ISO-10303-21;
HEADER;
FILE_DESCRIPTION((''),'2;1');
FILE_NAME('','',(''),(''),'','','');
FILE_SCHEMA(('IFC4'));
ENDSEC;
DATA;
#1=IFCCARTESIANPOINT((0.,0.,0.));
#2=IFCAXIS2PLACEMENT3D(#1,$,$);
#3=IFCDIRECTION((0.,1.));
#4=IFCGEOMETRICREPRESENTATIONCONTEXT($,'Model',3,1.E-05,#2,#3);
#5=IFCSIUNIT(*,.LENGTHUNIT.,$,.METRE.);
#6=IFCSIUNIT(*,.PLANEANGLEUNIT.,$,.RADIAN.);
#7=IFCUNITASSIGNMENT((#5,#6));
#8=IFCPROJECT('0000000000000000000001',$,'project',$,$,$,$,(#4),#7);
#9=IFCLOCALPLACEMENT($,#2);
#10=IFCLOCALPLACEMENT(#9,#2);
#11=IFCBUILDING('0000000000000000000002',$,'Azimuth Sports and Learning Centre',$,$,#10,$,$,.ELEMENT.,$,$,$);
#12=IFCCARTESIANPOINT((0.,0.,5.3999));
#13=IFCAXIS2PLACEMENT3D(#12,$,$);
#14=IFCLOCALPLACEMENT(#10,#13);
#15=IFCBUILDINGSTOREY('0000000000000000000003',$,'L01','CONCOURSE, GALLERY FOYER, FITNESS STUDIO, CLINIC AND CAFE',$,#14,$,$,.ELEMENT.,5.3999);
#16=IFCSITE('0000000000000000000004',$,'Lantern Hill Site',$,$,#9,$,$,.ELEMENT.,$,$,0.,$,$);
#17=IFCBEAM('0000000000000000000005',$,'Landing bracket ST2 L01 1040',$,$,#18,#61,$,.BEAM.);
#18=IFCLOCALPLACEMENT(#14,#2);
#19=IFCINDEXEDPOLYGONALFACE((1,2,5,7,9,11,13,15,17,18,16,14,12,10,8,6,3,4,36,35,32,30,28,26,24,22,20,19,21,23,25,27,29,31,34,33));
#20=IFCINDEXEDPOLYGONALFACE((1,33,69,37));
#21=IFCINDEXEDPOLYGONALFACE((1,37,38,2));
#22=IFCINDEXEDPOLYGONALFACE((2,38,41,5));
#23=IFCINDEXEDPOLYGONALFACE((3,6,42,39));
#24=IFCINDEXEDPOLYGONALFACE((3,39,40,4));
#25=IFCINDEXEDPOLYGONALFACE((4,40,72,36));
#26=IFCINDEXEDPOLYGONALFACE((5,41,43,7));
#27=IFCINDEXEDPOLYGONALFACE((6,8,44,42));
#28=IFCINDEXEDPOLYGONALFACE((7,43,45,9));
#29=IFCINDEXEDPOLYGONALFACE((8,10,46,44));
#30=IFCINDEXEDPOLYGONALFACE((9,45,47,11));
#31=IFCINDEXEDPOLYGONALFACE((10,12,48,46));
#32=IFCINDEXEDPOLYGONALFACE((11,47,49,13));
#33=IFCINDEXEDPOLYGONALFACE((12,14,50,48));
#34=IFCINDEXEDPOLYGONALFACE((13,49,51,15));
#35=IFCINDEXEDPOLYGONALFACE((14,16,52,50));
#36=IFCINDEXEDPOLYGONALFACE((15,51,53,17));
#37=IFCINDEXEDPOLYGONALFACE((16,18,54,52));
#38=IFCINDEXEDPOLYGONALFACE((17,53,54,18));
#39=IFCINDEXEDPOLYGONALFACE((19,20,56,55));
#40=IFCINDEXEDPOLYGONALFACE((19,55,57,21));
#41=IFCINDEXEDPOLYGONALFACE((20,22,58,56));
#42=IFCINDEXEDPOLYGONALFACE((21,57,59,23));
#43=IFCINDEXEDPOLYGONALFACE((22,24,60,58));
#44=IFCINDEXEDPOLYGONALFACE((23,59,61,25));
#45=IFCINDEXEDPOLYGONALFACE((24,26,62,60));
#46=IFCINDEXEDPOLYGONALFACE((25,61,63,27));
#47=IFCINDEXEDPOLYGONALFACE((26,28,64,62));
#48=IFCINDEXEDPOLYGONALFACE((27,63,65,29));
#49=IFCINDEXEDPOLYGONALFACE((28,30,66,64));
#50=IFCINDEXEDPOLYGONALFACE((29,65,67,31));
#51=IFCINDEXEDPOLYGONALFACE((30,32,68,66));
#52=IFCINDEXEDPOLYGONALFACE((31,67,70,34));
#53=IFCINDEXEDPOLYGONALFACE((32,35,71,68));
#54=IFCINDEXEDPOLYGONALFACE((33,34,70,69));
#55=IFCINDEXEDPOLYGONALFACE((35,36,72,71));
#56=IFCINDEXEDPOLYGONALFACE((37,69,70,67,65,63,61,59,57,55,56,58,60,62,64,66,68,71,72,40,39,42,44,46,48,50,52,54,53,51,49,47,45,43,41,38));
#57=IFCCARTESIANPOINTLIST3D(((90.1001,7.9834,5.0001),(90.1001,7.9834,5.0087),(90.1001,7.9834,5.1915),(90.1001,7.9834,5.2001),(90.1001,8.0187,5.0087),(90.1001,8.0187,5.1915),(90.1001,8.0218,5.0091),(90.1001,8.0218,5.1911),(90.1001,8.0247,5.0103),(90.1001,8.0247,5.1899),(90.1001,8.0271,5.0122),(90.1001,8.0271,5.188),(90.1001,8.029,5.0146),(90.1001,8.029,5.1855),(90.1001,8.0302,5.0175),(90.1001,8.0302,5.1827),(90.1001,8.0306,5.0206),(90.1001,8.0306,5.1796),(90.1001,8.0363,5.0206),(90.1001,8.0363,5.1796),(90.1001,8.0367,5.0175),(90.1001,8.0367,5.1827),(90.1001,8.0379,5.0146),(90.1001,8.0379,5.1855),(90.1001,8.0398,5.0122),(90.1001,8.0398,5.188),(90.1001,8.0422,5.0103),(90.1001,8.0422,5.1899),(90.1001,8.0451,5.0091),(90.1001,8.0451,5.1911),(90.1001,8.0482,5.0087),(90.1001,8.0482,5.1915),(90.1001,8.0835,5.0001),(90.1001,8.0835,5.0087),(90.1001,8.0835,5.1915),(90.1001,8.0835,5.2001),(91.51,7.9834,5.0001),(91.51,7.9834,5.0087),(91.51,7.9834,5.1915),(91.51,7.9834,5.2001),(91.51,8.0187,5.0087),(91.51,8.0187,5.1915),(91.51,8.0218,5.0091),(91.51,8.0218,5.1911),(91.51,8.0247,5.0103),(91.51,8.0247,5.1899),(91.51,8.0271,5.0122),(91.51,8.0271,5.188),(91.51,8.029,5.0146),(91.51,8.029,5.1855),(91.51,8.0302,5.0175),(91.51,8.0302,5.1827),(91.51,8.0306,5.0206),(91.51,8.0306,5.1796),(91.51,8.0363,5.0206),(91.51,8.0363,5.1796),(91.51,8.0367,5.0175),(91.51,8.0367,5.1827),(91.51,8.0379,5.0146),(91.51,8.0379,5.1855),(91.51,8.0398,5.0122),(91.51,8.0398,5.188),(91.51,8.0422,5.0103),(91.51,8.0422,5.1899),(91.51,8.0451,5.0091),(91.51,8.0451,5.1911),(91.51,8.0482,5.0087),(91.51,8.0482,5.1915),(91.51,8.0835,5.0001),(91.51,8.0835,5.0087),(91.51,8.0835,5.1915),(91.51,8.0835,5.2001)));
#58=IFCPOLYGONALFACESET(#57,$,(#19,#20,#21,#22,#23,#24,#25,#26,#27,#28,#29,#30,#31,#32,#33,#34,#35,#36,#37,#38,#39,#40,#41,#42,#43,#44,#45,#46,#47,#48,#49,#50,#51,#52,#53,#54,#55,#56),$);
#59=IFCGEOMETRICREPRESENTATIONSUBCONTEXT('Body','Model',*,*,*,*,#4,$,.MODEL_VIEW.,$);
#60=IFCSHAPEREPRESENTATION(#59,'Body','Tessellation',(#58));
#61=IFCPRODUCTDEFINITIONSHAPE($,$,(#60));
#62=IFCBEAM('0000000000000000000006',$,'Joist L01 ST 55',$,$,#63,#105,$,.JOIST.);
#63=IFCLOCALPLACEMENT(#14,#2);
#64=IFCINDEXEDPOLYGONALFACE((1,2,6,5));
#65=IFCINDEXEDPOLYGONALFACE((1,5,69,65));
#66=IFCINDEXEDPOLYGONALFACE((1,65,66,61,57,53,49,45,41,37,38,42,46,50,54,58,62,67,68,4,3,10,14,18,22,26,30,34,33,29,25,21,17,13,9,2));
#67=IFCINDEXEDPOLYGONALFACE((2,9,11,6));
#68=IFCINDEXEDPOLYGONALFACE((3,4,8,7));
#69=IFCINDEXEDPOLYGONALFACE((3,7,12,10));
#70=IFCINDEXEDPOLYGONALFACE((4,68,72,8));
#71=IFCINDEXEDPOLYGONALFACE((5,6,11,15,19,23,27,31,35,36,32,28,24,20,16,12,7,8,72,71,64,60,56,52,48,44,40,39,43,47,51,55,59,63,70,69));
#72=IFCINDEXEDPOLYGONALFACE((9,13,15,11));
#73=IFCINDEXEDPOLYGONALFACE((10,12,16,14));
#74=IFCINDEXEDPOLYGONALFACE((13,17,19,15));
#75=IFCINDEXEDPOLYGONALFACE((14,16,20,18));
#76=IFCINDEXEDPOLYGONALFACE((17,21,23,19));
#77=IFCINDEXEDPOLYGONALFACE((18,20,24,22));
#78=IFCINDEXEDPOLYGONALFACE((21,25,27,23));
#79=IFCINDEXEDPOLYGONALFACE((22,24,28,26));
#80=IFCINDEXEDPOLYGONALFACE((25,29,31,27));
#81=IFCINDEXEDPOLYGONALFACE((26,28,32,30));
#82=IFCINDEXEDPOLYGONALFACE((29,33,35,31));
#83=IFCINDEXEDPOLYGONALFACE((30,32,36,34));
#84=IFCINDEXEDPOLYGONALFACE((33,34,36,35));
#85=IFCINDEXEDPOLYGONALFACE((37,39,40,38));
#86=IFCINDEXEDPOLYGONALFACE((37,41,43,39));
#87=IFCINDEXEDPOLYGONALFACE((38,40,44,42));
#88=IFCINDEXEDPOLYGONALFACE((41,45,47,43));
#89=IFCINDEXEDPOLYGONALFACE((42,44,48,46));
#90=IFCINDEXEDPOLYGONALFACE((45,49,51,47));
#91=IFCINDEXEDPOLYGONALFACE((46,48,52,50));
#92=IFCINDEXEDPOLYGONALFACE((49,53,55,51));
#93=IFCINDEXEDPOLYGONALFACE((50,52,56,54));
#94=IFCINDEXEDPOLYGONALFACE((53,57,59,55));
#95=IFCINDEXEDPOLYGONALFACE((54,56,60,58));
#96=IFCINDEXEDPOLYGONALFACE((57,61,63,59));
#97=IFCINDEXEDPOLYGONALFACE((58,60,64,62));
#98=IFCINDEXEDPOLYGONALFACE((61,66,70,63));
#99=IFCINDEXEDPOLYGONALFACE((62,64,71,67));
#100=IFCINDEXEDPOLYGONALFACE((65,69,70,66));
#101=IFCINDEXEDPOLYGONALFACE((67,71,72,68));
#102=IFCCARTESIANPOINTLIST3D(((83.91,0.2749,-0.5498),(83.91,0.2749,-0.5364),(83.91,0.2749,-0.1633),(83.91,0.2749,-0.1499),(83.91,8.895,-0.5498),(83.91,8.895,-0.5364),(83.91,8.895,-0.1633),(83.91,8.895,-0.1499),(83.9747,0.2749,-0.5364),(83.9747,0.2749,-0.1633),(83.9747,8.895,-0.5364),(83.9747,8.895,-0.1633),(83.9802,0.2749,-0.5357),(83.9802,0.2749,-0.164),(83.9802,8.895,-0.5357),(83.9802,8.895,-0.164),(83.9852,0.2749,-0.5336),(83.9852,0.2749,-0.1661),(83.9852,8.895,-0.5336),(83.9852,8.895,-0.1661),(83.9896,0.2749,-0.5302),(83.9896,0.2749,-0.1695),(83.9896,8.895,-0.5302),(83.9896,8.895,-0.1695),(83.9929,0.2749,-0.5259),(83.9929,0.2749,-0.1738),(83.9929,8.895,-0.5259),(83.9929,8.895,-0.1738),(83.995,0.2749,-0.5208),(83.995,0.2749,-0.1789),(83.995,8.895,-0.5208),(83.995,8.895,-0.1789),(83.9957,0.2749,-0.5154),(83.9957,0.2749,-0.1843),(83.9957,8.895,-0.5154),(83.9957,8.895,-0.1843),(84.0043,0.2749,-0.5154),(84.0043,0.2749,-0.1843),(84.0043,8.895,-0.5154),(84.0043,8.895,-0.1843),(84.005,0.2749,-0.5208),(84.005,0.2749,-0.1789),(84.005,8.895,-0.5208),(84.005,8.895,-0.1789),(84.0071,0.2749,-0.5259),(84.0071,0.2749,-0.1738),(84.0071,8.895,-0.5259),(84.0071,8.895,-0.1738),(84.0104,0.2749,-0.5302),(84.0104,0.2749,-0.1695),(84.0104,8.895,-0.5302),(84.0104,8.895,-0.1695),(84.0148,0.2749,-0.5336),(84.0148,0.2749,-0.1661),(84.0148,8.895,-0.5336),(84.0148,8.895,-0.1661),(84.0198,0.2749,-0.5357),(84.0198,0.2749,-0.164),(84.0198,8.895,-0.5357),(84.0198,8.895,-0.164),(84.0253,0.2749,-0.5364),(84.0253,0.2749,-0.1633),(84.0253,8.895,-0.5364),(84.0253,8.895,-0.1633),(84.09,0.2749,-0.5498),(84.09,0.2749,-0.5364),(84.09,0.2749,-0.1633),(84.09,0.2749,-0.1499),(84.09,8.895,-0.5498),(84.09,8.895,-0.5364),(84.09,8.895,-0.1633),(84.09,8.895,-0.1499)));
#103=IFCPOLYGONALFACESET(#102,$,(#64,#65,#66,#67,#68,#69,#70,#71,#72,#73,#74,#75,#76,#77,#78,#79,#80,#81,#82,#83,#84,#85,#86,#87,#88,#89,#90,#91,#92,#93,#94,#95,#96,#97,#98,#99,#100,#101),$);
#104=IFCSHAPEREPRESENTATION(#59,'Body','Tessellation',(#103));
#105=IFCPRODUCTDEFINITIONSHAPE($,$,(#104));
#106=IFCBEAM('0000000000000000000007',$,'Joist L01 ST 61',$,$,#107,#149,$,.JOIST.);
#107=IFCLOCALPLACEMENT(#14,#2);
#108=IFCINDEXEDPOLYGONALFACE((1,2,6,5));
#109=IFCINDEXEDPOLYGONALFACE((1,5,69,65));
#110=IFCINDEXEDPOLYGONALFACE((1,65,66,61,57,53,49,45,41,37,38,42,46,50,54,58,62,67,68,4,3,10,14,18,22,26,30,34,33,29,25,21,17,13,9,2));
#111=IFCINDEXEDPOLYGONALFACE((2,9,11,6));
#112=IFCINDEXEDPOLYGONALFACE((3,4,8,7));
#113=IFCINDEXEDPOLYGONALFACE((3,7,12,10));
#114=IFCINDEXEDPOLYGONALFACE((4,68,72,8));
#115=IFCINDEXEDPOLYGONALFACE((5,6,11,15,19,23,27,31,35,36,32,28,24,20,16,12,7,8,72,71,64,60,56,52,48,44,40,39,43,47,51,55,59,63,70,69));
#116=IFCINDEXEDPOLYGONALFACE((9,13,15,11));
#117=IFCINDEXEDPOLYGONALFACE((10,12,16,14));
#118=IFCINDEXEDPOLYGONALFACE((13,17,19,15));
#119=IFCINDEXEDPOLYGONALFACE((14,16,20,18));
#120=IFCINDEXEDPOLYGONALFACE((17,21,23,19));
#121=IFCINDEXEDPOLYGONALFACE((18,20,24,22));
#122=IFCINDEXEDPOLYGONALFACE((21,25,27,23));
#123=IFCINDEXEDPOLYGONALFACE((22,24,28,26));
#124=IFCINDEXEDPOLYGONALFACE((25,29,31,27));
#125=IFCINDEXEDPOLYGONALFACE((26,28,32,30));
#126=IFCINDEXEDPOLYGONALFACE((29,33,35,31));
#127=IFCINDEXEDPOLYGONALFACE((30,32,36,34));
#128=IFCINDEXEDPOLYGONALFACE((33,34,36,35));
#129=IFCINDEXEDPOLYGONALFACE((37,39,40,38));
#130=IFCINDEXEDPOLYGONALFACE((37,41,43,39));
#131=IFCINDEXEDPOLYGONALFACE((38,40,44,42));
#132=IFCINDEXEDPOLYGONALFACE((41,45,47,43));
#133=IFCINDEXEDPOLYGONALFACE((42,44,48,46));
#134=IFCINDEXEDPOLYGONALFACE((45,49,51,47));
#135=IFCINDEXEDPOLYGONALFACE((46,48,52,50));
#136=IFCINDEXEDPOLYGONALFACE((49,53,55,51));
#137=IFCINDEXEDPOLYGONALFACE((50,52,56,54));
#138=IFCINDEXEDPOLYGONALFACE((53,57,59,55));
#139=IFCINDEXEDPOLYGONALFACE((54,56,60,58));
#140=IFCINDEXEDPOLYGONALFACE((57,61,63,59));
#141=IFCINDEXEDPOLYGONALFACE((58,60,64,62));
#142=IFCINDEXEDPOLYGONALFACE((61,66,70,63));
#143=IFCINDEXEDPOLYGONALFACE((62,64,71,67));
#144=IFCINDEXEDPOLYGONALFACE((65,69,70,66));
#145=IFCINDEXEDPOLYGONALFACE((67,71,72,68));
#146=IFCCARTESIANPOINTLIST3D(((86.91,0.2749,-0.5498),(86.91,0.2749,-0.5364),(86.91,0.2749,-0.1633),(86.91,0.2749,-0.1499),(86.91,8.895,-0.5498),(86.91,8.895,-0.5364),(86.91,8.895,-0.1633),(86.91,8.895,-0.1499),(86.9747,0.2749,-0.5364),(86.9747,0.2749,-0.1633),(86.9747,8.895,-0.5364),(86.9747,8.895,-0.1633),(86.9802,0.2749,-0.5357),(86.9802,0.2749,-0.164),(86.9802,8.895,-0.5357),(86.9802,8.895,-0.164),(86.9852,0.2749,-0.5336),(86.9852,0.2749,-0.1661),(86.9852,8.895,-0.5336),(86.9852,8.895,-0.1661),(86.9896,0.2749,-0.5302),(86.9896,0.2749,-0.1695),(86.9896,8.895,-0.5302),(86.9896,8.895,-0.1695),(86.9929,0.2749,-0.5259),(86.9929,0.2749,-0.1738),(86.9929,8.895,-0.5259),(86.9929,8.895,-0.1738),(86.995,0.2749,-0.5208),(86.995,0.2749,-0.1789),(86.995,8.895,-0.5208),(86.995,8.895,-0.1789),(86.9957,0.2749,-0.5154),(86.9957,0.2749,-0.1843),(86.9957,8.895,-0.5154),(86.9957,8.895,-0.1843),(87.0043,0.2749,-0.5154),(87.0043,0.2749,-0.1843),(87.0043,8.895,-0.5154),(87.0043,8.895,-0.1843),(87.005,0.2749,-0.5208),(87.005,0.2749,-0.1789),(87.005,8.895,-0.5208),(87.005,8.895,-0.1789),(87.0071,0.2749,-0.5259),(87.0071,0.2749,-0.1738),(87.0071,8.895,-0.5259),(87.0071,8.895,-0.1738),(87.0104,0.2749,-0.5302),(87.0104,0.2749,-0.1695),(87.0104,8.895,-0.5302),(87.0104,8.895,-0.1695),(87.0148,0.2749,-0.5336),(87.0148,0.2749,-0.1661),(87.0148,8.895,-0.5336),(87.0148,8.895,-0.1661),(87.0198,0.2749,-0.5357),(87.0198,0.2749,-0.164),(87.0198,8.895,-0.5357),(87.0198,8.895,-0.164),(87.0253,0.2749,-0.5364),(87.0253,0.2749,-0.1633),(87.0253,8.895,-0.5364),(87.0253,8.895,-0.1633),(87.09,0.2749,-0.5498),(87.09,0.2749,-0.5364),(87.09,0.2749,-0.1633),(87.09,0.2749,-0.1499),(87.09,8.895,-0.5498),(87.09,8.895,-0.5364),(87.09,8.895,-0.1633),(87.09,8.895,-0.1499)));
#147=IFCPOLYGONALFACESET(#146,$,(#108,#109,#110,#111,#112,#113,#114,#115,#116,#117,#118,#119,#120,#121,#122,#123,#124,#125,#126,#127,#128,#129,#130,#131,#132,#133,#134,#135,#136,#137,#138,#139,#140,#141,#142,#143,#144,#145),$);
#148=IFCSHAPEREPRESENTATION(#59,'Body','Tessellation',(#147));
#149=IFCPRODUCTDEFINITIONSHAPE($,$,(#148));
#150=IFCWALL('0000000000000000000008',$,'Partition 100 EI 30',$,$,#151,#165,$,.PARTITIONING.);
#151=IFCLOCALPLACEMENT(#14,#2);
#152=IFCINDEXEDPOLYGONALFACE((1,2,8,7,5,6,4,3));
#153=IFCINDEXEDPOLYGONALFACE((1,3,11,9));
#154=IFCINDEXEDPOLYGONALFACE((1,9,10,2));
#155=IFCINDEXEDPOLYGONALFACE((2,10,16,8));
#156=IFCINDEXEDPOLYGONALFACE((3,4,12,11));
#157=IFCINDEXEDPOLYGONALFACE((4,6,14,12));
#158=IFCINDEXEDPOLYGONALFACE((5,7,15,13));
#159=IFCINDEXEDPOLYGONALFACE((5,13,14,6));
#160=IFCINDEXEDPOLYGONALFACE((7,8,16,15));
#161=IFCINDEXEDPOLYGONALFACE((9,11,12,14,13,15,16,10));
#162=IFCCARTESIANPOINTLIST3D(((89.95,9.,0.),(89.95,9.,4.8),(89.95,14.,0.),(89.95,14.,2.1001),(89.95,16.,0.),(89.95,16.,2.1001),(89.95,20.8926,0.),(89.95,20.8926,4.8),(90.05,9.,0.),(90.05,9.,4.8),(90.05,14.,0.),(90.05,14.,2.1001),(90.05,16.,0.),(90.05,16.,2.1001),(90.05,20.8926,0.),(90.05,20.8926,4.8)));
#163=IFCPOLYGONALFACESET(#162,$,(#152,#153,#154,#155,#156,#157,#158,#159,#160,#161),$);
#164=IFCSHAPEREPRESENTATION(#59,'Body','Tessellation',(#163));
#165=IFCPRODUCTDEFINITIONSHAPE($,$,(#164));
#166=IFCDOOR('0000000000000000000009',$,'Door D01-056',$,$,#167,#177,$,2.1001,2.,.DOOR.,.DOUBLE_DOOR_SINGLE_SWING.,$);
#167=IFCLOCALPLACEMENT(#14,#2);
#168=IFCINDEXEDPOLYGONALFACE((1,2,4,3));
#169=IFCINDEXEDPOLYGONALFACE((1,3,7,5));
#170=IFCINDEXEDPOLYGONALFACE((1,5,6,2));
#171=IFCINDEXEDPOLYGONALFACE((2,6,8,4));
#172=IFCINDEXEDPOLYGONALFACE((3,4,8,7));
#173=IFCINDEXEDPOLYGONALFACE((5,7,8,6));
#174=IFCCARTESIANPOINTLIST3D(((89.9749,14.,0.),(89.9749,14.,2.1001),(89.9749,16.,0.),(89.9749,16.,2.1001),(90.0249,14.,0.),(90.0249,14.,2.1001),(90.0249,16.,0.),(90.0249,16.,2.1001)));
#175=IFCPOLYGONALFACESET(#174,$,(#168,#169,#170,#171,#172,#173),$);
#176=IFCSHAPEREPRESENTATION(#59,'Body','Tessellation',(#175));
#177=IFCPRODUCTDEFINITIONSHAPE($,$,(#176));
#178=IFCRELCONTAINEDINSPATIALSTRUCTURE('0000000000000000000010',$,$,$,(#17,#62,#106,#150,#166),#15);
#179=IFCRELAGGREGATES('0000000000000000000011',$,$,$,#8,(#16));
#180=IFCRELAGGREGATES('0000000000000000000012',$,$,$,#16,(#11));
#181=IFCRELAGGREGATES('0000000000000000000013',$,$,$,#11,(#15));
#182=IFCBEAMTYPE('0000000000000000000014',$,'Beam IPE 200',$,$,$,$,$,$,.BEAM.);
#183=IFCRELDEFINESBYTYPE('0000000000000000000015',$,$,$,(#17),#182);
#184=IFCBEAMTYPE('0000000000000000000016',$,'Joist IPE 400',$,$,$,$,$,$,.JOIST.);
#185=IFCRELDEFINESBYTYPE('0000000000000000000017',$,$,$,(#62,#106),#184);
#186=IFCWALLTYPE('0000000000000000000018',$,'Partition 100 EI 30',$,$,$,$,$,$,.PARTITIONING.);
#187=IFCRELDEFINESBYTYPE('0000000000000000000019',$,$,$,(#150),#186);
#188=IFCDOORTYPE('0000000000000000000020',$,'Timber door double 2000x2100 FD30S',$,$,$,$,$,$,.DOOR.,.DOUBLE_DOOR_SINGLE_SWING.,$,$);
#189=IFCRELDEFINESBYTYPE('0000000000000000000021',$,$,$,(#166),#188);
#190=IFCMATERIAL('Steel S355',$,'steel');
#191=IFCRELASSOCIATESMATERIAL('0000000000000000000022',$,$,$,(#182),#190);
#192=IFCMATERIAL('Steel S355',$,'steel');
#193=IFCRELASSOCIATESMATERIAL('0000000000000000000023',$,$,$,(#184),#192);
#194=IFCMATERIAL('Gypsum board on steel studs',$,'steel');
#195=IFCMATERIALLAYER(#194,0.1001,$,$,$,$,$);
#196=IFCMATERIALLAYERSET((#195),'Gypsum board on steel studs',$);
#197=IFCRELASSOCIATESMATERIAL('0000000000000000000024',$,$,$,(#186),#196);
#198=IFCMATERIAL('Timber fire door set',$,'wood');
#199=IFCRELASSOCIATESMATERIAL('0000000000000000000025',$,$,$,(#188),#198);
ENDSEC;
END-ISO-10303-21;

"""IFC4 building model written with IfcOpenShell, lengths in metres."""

from ifc_helpers import new_model, si_unit, direction, frame, frame_2d, origin, origin_2d, place, context, subcontext, project, spatial, rectangle, i_section, extrude, material, layer, layer_set, material_profile, profile_set, type_object, element, fill, save


model = new_model("IFC4")

# Units and contexts
model_context = context("Model", 3, precision=1e-05, world=origin(), true_north=direction((0.0, 1.0)))
body_context = subcontext(model_context, "Body", "Model", "MODEL_VIEW")
ifc_project = project(units=[si_unit("LENGTHUNIT", "METRE"), si_unit("PLANEANGLEUNIT", "RADIAN")], contexts=[model_context])

# Site, building, storey
site_placement = place(None, origin())
site = spatial("IfcSite", under=ifc_project, at=site_placement, Name="Lantern Hill Site", CompositionType="ELEMENT", RefElevation=0.0)
building_placement = place(site_placement, origin())
building = spatial("IfcBuilding", under=site, at=building_placement, Name="Azimuth Sports and Learning Centre", CompositionType="ELEMENT")
storey_placement = place(building_placement, frame((0.0, 0.0, 5.3999)))
storey = spatial("IfcBuildingStorey", under=building, at=storey_placement, Name="L01", Description="CONCOURSE, GALLERY FOYER, FITNESS STUDIO, CLINIC AND CAFE", CompositionType="ELEMENT", Elevation=5.3999)

# Beams
ifc_material_1 = material(Name="Steel S355", Category="steel")
ifc_material_profile_1 = material_profile(ifc_material_1, i_section(OverallWidth=0.1001, OverallDepth=0.2, WebThickness=0.0056, FlangeThickness=0.0085, FilletRadius=0.012, at=origin_2d()), Name="IPE 200")
ifc_profile_set_1 = profile_set([ifc_material_profile_1], Name="Steel S355")
beam_type_1 = type_object("IfcBeamType", Name="Beam IPE 200", PredefinedType="BEAM", material=ifc_profile_set_1)
for number, where, z_axis, x_axis, name in (
    (1, (90.1001, 8.0334, 5.1001), (1.0, 0.0, 0.0), (0.0, 1.0, 0.0), "Landing bracket ST2 L01 1040"),
):
    element("IfcBeam", number, at=place(storey_placement, frame(where, z_axis=z_axis, x_axis=x_axis)), inside=storey, type_object=beam_type_1, Name=name, PredefinedType="BEAM", context=body_context, shape_type="SweptSolid", body=[
        extrude(i_section(OverallWidth=0.1001, OverallDepth=0.2, WebThickness=0.0056, FlangeThickness=0.0085, FilletRadius=0.012, at=origin_2d()), origin(), (0.0, 0.0, 1.0), 1.4099),
    ])
ifc_material_2 = material(Name="Steel S355", Category="steel")
ifc_material_profile_2 = material_profile(ifc_material_2, i_section(OverallWidth=0.1799, OverallDepth=0.3999, WebThickness=0.0085, FlangeThickness=0.0134, FilletRadius=0.021, at=origin_2d()), Name="IPE 400")
ifc_profile_set_2 = profile_set([ifc_material_profile_2], Name="Steel S355")
beam_type_2 = type_object("IfcBeamType", Name="Joist IPE 400", PredefinedType="JOIST", material=ifc_profile_set_2)
for number, where, z_axis, x_axis, name in (
    (2, (84.0, 0.2749, -0.3499), (0.0, 1.0, 0.0), (-1.0, 0.0, 0.0), "Joist L01 ST 55"),
    (3, (87.0, 0.2749, -0.3499), (0.0, 1.0, 0.0), (-1.0, 0.0, 0.0), "Joist L01 ST 61"),
):
    element("IfcBeam", number, at=place(storey_placement, frame(where, z_axis=z_axis, x_axis=x_axis)), inside=storey, type_object=beam_type_2, Name=name, PredefinedType="JOIST", context=body_context, shape_type="SweptSolid", body=[
        extrude(i_section(OverallWidth=0.1799, OverallDepth=0.3999, WebThickness=0.0085, FlangeThickness=0.0134, FilletRadius=0.021, at=origin_2d()), origin(), (0.0, 0.0, 1.0), 8.6201),
    ])

# Wall, opening, door
ifc_material_3 = material(Name="Gypsum board on steel studs", Category="steel")
ifc_layer_1 = layer(ifc_material_3, 0.1001)
ifc_layer_set_1 = layer_set([ifc_layer_1], Name="Gypsum board on steel studs")
wall_type_1 = type_object("IfcWallType", Name="Partition 100 EI 30", PredefinedType="PARTITIONING", material=ifc_layer_set_1)
wall_1_placement = place(storey_placement, frame((90.0, 9.0, 0.0), z_axis=(0.0, 0.0, 1.0), x_axis=(0.0, 1.0, 0.0)))
wall_1 = element("IfcWall", 4, at=wall_1_placement, inside=storey, type_object=wall_type_1, Name="Partition 100 EI 30", PredefinedType="PARTITIONING", context=body_context, shape_type="SweptSolid", body=[
    extrude(rectangle(XDim=11.8926, YDim=0.1001, at=frame_2d((5.9463, 0.0))), origin(), (0.0, 0.0, 1.0), 4.8),
])
opening_1_placement = place(wall_1_placement, frame((5.0, 0.0, 0.0)))
opening_1 = element("IfcOpeningElement", 5, at=opening_1_placement, cuts=wall_1, PredefinedType="OPENING", context=body_context, shape_type="SweptSolid", body=[
    extrude(rectangle(XDim=2.0, YDim=2.1001, at=frame_2d((1.0, 1.05))), frame((0.0, 0.061, 0.0), z_axis=(0.0, -1.0, 0.0), x_axis=(1.0, 0.0, 0.0)), (0.0, 0.0, 1.0), 0.1221),
])
ifc_material_4 = material(Name="Timber fire door set", Category="wood")
door_type_1 = type_object("IfcDoorType", Name="Timber door double 2000x2100 FD30S", OperationType="DOUBLE_DOOR_SINGLE_SWING", PredefinedType="DOOR", material=ifc_material_4)
door_1_placement = place(opening_1_placement, frame((2.0, 0.0, 0.0), z_axis=(0.0, 0.0, 1.0), x_axis=(-1.0, 0.0, 0.0)))
door_1 = element("IfcDoor", 6, at=door_1_placement, inside=storey, type_object=door_type_1, Name="Door D01-056", OperationType="DOUBLE_DOOR_SINGLE_SWING", OverallHeight=2.1001, OverallWidth=2.0, PredefinedType="DOOR", context=body_context, shape_type="SweptSolid", body=[
    extrude(rectangle(XDim=2.0, YDim=2.1001, at=frame_2d((1.0, 1.05))), frame((0.0, 0.0249, 0.0), z_axis=(0.0, -1.0, 0.0), x_axis=(1.0, 0.0, 0.0)), (0.0, 0.0, 1.0), 0.05),
])
fill(opening_1, door_1)

save(model, "model.ifc")
